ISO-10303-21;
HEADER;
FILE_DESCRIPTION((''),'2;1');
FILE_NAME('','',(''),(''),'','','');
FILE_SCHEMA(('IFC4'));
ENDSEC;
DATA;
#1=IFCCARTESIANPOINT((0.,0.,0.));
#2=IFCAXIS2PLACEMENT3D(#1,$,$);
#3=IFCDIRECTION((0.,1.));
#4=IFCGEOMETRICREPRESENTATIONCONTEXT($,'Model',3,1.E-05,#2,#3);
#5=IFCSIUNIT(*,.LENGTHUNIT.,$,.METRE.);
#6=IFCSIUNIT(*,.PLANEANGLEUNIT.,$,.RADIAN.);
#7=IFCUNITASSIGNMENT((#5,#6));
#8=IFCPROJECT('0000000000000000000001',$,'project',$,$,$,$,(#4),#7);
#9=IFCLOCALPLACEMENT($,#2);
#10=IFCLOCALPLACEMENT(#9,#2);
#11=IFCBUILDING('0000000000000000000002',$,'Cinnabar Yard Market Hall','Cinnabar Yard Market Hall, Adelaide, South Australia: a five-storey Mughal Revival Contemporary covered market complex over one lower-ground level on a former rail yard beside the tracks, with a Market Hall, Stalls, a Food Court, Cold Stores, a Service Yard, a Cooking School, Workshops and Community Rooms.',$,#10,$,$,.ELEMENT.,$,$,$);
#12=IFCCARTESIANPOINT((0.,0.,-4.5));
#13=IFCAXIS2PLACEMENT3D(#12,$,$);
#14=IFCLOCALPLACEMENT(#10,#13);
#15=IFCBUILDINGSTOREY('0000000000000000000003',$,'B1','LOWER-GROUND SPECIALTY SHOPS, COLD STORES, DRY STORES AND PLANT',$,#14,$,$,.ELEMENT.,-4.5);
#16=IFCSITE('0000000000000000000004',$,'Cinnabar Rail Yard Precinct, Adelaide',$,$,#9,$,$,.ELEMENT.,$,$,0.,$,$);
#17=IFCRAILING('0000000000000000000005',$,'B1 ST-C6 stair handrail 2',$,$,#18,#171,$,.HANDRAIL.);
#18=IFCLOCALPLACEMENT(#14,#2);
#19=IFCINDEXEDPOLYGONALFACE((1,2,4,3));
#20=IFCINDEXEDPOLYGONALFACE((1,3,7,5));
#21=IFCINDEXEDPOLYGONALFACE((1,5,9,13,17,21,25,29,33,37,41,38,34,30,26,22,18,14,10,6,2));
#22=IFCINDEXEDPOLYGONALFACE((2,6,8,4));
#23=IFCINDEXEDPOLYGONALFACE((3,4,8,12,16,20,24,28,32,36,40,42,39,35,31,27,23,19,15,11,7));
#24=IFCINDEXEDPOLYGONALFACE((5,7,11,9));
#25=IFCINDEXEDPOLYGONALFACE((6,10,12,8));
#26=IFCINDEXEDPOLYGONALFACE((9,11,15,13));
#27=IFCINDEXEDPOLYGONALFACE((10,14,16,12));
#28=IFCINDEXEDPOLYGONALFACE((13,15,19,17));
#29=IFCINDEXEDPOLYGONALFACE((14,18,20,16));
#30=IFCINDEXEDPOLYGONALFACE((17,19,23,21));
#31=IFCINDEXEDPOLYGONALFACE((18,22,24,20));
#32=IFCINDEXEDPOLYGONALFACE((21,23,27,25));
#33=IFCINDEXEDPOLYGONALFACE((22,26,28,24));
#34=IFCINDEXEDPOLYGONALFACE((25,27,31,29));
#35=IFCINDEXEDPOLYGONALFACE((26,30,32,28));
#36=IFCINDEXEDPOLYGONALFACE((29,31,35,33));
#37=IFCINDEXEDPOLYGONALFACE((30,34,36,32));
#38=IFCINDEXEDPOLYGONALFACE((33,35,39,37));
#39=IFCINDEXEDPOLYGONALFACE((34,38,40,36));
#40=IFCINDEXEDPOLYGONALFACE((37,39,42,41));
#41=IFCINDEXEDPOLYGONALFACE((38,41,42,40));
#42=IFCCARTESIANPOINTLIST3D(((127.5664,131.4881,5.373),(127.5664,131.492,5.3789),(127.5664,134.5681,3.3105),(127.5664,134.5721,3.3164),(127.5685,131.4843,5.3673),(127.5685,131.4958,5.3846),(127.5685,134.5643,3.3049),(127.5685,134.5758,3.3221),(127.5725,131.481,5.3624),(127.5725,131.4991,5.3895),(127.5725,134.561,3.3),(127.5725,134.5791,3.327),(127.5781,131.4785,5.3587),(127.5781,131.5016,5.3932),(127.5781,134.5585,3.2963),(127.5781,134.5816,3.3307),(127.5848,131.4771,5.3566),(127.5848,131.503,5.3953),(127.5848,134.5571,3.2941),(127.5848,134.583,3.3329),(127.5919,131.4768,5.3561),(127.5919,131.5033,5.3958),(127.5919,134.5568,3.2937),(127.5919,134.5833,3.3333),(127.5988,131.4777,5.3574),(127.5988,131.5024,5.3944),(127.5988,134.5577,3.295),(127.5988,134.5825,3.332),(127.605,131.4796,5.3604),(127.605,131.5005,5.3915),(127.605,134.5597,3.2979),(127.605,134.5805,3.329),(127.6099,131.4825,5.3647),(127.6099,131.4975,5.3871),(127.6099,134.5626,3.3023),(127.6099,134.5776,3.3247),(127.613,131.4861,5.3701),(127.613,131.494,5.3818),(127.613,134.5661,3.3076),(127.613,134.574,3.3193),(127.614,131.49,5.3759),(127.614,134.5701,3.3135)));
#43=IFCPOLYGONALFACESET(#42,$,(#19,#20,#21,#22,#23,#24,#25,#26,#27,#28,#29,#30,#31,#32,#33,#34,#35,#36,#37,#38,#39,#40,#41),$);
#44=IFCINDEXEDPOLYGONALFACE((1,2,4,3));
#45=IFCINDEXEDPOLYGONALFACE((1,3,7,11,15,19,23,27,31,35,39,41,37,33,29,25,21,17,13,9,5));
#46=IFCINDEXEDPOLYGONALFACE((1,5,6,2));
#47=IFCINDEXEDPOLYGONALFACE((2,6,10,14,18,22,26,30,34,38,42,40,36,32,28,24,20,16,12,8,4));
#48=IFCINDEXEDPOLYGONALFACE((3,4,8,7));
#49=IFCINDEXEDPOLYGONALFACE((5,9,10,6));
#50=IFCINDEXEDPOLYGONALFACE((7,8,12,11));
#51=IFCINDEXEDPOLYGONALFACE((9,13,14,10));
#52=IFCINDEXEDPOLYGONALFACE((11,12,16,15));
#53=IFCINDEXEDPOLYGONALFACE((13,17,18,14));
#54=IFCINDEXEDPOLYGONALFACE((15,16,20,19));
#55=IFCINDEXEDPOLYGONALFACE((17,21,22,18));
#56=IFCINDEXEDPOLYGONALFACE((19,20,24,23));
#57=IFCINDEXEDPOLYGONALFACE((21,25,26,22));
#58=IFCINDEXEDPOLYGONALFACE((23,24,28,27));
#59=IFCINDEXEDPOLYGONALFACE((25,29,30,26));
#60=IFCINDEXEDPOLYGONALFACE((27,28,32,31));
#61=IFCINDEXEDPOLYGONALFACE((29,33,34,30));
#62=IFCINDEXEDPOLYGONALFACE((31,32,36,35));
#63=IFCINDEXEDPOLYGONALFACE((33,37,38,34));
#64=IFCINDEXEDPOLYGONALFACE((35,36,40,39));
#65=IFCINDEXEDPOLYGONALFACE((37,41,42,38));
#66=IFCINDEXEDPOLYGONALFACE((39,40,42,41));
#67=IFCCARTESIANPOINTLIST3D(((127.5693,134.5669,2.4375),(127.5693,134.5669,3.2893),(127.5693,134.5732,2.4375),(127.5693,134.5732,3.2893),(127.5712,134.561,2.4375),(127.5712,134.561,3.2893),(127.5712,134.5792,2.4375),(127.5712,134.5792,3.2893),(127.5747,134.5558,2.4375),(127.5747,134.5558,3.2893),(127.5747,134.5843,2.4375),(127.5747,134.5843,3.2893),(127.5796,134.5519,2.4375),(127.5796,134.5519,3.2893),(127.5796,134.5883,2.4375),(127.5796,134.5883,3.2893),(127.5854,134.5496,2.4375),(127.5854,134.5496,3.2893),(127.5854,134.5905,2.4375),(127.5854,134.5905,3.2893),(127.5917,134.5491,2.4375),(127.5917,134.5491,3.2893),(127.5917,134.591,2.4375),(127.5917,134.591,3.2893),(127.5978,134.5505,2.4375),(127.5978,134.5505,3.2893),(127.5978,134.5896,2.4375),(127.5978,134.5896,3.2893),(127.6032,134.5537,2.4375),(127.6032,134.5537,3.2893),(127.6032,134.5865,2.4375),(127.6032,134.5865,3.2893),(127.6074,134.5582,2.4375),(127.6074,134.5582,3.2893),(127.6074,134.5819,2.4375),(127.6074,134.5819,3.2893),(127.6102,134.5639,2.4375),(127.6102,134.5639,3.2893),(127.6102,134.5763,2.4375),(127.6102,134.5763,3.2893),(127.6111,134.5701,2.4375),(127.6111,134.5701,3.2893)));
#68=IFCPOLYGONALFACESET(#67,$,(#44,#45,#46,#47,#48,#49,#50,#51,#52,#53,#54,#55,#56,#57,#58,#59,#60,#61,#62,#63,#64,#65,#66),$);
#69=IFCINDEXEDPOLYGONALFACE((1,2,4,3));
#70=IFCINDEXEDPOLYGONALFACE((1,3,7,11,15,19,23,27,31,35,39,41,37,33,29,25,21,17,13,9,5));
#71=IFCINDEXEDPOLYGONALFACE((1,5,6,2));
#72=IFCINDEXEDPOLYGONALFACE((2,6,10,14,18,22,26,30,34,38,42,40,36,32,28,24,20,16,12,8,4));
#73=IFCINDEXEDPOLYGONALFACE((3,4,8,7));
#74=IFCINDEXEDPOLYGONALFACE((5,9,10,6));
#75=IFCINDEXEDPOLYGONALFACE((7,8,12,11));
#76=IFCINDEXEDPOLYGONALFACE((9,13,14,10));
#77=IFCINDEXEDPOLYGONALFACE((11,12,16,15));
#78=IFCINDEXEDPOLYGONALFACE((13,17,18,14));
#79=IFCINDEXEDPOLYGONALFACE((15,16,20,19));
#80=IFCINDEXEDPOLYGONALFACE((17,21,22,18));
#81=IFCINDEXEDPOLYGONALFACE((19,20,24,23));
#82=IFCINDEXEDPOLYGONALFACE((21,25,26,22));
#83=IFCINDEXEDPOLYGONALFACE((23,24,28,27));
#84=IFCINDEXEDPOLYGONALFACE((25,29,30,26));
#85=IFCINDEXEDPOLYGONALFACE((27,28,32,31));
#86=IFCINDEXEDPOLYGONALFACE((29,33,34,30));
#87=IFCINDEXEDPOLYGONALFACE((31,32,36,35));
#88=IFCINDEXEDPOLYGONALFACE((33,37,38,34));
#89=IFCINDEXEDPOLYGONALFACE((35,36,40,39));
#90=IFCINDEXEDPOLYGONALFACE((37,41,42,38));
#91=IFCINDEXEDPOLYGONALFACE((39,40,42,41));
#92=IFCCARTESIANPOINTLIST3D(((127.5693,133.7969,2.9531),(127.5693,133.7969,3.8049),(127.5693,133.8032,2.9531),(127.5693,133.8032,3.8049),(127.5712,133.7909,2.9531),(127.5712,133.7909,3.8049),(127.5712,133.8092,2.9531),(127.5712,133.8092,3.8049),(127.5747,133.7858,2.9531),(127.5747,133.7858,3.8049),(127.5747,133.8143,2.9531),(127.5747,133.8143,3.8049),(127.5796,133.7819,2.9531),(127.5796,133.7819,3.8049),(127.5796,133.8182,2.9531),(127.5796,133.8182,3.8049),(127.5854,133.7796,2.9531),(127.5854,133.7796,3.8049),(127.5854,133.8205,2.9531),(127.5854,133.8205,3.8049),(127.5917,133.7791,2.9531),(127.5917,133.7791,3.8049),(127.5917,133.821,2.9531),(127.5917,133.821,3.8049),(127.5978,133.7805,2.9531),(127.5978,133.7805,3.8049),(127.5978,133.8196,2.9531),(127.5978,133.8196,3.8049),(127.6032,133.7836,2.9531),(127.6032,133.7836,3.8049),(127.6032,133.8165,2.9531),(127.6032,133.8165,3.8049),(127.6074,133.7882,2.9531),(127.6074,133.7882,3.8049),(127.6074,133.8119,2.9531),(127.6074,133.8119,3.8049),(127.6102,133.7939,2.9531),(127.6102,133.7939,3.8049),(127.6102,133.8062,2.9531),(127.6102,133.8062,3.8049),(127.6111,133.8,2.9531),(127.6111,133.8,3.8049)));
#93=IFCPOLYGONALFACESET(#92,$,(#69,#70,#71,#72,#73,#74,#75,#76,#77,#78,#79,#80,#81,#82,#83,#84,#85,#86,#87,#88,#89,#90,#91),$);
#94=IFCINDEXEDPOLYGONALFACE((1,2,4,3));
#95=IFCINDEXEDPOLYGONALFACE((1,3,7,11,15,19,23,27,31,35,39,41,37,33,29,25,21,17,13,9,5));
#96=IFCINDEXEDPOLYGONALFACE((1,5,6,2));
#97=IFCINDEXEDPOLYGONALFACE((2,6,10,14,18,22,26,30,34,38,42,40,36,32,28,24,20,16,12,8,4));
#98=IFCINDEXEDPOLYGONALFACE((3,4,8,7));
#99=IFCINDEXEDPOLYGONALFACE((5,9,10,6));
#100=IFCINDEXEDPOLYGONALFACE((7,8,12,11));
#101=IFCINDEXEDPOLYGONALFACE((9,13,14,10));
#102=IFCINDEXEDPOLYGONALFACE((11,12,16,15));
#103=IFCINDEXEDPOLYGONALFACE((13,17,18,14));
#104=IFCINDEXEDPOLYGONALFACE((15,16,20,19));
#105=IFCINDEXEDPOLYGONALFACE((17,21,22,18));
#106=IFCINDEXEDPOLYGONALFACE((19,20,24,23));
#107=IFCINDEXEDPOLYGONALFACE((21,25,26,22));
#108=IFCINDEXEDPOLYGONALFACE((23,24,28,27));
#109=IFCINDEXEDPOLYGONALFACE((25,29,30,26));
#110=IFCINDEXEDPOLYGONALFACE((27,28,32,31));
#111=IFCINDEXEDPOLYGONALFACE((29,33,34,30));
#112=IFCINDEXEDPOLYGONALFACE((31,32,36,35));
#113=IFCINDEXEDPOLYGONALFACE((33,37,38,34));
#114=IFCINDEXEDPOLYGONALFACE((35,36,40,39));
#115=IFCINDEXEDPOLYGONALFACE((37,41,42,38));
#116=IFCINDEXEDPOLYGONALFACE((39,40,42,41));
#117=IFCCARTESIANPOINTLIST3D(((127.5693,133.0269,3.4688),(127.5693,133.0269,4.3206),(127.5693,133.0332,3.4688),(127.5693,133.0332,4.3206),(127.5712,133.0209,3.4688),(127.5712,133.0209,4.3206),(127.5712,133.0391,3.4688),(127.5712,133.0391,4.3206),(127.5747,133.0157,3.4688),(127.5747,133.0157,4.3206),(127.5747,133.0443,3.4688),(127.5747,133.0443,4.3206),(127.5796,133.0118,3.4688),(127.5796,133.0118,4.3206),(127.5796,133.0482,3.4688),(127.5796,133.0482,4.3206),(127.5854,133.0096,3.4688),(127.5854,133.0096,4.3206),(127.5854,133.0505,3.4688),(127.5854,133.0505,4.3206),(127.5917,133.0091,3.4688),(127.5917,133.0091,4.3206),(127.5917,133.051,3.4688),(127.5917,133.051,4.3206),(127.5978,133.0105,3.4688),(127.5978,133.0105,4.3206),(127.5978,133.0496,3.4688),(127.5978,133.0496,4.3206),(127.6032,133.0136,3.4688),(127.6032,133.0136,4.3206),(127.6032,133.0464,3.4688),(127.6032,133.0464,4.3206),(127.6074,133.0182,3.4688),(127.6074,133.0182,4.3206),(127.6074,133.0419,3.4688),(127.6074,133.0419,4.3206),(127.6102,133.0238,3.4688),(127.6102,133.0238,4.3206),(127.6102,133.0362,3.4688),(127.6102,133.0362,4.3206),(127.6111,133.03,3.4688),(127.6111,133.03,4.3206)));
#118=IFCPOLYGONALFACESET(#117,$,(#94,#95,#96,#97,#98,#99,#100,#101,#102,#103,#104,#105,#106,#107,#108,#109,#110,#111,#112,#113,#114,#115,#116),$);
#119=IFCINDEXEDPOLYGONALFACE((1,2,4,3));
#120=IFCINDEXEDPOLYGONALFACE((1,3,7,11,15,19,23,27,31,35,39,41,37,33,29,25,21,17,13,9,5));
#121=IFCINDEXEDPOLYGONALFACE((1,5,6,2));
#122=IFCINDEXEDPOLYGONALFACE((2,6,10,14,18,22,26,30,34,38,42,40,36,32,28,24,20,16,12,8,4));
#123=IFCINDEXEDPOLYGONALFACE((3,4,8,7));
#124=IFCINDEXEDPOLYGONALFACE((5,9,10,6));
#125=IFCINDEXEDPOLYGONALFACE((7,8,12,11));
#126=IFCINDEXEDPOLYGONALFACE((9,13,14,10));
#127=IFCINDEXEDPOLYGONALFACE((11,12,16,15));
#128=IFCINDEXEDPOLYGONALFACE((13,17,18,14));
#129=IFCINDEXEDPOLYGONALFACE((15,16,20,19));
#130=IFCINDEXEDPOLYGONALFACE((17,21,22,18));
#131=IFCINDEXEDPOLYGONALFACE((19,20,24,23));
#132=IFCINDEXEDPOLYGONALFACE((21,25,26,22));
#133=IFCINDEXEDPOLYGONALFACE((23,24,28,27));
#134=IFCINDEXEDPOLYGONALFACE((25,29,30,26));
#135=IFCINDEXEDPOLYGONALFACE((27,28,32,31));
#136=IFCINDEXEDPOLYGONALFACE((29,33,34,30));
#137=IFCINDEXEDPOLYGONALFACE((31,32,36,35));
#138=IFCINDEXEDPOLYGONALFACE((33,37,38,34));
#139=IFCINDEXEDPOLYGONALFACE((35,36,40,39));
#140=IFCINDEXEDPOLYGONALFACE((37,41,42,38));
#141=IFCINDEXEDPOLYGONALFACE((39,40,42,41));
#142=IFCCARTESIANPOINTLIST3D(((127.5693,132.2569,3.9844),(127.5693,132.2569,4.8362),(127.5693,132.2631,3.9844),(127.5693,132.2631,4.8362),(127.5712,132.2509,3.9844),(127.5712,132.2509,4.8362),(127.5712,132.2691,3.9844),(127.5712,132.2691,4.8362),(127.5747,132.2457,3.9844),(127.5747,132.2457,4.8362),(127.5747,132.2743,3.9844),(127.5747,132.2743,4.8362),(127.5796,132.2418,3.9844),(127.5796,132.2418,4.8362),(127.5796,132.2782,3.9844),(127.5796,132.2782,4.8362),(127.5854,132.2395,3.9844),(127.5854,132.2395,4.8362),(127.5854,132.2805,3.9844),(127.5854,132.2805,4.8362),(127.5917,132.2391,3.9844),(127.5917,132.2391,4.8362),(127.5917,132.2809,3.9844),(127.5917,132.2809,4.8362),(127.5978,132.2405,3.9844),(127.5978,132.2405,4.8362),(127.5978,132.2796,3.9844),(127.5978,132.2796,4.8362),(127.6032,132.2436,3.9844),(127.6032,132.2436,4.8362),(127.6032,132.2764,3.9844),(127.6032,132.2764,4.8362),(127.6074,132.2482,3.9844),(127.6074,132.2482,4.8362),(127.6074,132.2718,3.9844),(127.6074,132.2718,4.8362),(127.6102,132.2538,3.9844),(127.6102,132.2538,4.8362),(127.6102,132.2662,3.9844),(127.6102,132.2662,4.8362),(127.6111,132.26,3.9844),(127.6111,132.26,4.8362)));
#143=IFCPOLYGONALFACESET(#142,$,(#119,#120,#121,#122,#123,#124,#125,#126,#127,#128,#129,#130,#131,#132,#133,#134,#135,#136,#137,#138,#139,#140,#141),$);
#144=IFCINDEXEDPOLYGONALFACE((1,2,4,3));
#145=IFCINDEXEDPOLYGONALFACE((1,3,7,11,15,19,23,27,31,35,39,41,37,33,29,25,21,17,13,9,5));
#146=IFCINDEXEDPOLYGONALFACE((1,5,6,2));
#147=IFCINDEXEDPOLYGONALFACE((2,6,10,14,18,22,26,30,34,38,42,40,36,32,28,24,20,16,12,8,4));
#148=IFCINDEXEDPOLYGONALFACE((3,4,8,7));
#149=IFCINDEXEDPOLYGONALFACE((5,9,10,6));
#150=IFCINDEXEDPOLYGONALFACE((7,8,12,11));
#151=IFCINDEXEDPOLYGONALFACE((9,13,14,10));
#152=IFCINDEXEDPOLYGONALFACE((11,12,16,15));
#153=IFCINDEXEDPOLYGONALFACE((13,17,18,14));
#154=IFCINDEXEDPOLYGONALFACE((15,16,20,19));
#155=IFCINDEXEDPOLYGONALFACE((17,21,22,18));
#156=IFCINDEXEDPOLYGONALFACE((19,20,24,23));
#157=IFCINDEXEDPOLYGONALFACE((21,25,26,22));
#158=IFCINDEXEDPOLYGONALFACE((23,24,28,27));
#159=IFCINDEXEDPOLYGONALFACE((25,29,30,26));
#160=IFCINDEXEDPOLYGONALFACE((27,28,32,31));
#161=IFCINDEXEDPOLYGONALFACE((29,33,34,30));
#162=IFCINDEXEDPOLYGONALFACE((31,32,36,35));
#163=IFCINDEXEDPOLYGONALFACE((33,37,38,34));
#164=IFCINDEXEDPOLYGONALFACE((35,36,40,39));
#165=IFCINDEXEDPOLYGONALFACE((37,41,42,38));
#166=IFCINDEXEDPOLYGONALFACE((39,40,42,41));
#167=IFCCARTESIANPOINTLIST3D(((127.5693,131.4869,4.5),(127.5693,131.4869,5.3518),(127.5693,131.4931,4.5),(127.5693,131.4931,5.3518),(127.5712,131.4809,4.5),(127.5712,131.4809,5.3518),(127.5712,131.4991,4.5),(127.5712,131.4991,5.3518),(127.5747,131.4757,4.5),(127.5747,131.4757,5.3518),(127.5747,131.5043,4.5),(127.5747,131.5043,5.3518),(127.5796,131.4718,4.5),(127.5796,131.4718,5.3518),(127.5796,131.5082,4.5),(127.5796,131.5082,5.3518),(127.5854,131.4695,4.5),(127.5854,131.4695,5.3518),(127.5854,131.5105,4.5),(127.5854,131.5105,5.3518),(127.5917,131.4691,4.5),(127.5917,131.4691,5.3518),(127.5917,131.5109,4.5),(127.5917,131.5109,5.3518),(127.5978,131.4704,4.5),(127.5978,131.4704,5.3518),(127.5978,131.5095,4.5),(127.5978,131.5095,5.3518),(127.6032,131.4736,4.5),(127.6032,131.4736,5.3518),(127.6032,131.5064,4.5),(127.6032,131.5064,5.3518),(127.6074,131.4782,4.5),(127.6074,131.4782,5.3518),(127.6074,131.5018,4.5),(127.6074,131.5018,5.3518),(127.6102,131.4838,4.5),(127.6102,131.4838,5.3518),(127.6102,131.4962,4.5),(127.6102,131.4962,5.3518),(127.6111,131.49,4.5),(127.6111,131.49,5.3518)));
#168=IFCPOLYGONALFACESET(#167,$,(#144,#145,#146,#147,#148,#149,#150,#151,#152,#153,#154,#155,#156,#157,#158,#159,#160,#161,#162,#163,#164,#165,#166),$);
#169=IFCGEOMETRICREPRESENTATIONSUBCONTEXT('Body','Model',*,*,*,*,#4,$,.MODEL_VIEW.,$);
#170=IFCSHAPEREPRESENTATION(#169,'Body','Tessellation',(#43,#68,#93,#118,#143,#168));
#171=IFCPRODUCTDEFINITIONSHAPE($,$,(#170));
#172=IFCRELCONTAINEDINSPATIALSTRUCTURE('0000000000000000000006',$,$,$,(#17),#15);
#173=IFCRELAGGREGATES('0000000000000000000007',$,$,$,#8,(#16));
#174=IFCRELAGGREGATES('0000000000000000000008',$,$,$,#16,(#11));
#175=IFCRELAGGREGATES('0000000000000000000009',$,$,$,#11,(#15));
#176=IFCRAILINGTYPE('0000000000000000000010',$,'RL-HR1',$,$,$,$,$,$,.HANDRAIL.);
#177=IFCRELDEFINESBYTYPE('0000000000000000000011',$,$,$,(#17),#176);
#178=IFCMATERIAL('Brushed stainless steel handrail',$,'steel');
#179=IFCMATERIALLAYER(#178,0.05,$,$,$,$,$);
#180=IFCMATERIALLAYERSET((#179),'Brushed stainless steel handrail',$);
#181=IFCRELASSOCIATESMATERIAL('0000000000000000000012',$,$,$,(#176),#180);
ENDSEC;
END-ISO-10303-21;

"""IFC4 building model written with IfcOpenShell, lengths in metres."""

from ifc_helpers import new_model, si_unit, direction, frame, origin, origin_2d_with_axis, place, context, subcontext, project, spatial, circle, extrude, material, layer, layer_set, type_object, element, save


model = new_model("IFC4")

# Units and contexts
model_context = context("Model", 3, precision=1e-05, world=origin(), true_north=direction((0.0, 1.0)))
body_context = subcontext(model_context, "Body", "Model", "MODEL_VIEW")
ifc_project = project(units=[si_unit("LENGTHUNIT", "METRE"), si_unit("PLANEANGLEUNIT", "RADIAN")], contexts=[model_context])

# Site, building, storey
site_placement = place(None, origin())
site = spatial("IfcSite", under=ifc_project, at=site_placement, Name="Cinnabar Rail Yard Precinct, Adelaide", CompositionType="ELEMENT", RefElevation=0.0)
building_placement = place(site_placement, origin())
building = spatial("IfcBuilding", under=site, at=building_placement, Name="Cinnabar Yard Market Hall", Description="Cinnabar Yard Market Hall, Adelaide, South Australia: a five-storey Mughal Revival Contemporary covered market complex over one lower-ground level on a former rail yard beside the tracks, with a Market Hall, Stalls, a Food Court, Cold Stores, a Service Yard, a Cooking School, Workshops and Community Rooms.", CompositionType="ELEMENT")
storey_placement = place(building_placement, frame((0.0, 0.0, -4.5)))
storey = spatial("IfcBuildingStorey", under=building, at=storey_placement, Name="B1", Description="LOWER-GROUND SPECIALTY SHOPS, COLD STORES, DRY STORES AND PLANT", CompositionType="ELEMENT", Elevation=-4.5)

# Railing
ifc_material_1 = material(Name="Brushed stainless steel handrail", Category="steel")
ifc_layer_1 = layer(ifc_material_1, 0.05)
ifc_layer_set_1 = layer_set([ifc_layer_1], Name="Brushed stainless steel handrail")
railing_type = type_object("IfcRailingType", Name="RL-HR1", PredefinedType="HANDRAIL", material=ifc_layer_set_1)
railing_placement = place(storey_placement, frame((127.5901, 134.5701, 2.4375)))
element("IfcRailing", 1, at=railing_placement, inside=storey, type_object=railing_type, Name="B1 ST-C6 stair handrail 2", PredefinedType="HANDRAIL", context=body_context, shape_type="SweptSolid", body=[
    extrude(circle(Radius=0.0239, at=origin_2d_with_axis()), frame((0.0, 0.0, 0.876), z_axis=(0.0, -0.830914, 0.556401), x_axis=(1.0, 0.0, 0.0)), (0.0, 0.0, 1.0), 3.7068),
    extrude(circle(Radius=0.021, at=origin_2d_with_axis()), origin(), (0.0, 0.0, 1.0), 0.8518),
    extrude(circle(Radius=0.021, at=origin_2d_with_axis()), frame((0.0, -0.77, 0.5156)), (0.0, 0.0, 1.0), 0.8518),
    extrude(circle(Radius=0.021, at=origin_2d_with_axis()), frame((0.0, -1.54, 1.0312)), (0.0, 0.0, 1.0), 0.8518),
    extrude(circle(Radius=0.021, at=origin_2d_with_axis()), frame((0.0, -2.3101, 1.5469)), (0.0, 0.0, 1.0), 0.8518),
    extrude(circle(Radius=0.021, at=origin_2d_with_axis()), frame((0.0, -3.0801, 2.0625)), (0.0, 0.0, 1.0), 0.8518),
])

save(model, "model.ifc")
